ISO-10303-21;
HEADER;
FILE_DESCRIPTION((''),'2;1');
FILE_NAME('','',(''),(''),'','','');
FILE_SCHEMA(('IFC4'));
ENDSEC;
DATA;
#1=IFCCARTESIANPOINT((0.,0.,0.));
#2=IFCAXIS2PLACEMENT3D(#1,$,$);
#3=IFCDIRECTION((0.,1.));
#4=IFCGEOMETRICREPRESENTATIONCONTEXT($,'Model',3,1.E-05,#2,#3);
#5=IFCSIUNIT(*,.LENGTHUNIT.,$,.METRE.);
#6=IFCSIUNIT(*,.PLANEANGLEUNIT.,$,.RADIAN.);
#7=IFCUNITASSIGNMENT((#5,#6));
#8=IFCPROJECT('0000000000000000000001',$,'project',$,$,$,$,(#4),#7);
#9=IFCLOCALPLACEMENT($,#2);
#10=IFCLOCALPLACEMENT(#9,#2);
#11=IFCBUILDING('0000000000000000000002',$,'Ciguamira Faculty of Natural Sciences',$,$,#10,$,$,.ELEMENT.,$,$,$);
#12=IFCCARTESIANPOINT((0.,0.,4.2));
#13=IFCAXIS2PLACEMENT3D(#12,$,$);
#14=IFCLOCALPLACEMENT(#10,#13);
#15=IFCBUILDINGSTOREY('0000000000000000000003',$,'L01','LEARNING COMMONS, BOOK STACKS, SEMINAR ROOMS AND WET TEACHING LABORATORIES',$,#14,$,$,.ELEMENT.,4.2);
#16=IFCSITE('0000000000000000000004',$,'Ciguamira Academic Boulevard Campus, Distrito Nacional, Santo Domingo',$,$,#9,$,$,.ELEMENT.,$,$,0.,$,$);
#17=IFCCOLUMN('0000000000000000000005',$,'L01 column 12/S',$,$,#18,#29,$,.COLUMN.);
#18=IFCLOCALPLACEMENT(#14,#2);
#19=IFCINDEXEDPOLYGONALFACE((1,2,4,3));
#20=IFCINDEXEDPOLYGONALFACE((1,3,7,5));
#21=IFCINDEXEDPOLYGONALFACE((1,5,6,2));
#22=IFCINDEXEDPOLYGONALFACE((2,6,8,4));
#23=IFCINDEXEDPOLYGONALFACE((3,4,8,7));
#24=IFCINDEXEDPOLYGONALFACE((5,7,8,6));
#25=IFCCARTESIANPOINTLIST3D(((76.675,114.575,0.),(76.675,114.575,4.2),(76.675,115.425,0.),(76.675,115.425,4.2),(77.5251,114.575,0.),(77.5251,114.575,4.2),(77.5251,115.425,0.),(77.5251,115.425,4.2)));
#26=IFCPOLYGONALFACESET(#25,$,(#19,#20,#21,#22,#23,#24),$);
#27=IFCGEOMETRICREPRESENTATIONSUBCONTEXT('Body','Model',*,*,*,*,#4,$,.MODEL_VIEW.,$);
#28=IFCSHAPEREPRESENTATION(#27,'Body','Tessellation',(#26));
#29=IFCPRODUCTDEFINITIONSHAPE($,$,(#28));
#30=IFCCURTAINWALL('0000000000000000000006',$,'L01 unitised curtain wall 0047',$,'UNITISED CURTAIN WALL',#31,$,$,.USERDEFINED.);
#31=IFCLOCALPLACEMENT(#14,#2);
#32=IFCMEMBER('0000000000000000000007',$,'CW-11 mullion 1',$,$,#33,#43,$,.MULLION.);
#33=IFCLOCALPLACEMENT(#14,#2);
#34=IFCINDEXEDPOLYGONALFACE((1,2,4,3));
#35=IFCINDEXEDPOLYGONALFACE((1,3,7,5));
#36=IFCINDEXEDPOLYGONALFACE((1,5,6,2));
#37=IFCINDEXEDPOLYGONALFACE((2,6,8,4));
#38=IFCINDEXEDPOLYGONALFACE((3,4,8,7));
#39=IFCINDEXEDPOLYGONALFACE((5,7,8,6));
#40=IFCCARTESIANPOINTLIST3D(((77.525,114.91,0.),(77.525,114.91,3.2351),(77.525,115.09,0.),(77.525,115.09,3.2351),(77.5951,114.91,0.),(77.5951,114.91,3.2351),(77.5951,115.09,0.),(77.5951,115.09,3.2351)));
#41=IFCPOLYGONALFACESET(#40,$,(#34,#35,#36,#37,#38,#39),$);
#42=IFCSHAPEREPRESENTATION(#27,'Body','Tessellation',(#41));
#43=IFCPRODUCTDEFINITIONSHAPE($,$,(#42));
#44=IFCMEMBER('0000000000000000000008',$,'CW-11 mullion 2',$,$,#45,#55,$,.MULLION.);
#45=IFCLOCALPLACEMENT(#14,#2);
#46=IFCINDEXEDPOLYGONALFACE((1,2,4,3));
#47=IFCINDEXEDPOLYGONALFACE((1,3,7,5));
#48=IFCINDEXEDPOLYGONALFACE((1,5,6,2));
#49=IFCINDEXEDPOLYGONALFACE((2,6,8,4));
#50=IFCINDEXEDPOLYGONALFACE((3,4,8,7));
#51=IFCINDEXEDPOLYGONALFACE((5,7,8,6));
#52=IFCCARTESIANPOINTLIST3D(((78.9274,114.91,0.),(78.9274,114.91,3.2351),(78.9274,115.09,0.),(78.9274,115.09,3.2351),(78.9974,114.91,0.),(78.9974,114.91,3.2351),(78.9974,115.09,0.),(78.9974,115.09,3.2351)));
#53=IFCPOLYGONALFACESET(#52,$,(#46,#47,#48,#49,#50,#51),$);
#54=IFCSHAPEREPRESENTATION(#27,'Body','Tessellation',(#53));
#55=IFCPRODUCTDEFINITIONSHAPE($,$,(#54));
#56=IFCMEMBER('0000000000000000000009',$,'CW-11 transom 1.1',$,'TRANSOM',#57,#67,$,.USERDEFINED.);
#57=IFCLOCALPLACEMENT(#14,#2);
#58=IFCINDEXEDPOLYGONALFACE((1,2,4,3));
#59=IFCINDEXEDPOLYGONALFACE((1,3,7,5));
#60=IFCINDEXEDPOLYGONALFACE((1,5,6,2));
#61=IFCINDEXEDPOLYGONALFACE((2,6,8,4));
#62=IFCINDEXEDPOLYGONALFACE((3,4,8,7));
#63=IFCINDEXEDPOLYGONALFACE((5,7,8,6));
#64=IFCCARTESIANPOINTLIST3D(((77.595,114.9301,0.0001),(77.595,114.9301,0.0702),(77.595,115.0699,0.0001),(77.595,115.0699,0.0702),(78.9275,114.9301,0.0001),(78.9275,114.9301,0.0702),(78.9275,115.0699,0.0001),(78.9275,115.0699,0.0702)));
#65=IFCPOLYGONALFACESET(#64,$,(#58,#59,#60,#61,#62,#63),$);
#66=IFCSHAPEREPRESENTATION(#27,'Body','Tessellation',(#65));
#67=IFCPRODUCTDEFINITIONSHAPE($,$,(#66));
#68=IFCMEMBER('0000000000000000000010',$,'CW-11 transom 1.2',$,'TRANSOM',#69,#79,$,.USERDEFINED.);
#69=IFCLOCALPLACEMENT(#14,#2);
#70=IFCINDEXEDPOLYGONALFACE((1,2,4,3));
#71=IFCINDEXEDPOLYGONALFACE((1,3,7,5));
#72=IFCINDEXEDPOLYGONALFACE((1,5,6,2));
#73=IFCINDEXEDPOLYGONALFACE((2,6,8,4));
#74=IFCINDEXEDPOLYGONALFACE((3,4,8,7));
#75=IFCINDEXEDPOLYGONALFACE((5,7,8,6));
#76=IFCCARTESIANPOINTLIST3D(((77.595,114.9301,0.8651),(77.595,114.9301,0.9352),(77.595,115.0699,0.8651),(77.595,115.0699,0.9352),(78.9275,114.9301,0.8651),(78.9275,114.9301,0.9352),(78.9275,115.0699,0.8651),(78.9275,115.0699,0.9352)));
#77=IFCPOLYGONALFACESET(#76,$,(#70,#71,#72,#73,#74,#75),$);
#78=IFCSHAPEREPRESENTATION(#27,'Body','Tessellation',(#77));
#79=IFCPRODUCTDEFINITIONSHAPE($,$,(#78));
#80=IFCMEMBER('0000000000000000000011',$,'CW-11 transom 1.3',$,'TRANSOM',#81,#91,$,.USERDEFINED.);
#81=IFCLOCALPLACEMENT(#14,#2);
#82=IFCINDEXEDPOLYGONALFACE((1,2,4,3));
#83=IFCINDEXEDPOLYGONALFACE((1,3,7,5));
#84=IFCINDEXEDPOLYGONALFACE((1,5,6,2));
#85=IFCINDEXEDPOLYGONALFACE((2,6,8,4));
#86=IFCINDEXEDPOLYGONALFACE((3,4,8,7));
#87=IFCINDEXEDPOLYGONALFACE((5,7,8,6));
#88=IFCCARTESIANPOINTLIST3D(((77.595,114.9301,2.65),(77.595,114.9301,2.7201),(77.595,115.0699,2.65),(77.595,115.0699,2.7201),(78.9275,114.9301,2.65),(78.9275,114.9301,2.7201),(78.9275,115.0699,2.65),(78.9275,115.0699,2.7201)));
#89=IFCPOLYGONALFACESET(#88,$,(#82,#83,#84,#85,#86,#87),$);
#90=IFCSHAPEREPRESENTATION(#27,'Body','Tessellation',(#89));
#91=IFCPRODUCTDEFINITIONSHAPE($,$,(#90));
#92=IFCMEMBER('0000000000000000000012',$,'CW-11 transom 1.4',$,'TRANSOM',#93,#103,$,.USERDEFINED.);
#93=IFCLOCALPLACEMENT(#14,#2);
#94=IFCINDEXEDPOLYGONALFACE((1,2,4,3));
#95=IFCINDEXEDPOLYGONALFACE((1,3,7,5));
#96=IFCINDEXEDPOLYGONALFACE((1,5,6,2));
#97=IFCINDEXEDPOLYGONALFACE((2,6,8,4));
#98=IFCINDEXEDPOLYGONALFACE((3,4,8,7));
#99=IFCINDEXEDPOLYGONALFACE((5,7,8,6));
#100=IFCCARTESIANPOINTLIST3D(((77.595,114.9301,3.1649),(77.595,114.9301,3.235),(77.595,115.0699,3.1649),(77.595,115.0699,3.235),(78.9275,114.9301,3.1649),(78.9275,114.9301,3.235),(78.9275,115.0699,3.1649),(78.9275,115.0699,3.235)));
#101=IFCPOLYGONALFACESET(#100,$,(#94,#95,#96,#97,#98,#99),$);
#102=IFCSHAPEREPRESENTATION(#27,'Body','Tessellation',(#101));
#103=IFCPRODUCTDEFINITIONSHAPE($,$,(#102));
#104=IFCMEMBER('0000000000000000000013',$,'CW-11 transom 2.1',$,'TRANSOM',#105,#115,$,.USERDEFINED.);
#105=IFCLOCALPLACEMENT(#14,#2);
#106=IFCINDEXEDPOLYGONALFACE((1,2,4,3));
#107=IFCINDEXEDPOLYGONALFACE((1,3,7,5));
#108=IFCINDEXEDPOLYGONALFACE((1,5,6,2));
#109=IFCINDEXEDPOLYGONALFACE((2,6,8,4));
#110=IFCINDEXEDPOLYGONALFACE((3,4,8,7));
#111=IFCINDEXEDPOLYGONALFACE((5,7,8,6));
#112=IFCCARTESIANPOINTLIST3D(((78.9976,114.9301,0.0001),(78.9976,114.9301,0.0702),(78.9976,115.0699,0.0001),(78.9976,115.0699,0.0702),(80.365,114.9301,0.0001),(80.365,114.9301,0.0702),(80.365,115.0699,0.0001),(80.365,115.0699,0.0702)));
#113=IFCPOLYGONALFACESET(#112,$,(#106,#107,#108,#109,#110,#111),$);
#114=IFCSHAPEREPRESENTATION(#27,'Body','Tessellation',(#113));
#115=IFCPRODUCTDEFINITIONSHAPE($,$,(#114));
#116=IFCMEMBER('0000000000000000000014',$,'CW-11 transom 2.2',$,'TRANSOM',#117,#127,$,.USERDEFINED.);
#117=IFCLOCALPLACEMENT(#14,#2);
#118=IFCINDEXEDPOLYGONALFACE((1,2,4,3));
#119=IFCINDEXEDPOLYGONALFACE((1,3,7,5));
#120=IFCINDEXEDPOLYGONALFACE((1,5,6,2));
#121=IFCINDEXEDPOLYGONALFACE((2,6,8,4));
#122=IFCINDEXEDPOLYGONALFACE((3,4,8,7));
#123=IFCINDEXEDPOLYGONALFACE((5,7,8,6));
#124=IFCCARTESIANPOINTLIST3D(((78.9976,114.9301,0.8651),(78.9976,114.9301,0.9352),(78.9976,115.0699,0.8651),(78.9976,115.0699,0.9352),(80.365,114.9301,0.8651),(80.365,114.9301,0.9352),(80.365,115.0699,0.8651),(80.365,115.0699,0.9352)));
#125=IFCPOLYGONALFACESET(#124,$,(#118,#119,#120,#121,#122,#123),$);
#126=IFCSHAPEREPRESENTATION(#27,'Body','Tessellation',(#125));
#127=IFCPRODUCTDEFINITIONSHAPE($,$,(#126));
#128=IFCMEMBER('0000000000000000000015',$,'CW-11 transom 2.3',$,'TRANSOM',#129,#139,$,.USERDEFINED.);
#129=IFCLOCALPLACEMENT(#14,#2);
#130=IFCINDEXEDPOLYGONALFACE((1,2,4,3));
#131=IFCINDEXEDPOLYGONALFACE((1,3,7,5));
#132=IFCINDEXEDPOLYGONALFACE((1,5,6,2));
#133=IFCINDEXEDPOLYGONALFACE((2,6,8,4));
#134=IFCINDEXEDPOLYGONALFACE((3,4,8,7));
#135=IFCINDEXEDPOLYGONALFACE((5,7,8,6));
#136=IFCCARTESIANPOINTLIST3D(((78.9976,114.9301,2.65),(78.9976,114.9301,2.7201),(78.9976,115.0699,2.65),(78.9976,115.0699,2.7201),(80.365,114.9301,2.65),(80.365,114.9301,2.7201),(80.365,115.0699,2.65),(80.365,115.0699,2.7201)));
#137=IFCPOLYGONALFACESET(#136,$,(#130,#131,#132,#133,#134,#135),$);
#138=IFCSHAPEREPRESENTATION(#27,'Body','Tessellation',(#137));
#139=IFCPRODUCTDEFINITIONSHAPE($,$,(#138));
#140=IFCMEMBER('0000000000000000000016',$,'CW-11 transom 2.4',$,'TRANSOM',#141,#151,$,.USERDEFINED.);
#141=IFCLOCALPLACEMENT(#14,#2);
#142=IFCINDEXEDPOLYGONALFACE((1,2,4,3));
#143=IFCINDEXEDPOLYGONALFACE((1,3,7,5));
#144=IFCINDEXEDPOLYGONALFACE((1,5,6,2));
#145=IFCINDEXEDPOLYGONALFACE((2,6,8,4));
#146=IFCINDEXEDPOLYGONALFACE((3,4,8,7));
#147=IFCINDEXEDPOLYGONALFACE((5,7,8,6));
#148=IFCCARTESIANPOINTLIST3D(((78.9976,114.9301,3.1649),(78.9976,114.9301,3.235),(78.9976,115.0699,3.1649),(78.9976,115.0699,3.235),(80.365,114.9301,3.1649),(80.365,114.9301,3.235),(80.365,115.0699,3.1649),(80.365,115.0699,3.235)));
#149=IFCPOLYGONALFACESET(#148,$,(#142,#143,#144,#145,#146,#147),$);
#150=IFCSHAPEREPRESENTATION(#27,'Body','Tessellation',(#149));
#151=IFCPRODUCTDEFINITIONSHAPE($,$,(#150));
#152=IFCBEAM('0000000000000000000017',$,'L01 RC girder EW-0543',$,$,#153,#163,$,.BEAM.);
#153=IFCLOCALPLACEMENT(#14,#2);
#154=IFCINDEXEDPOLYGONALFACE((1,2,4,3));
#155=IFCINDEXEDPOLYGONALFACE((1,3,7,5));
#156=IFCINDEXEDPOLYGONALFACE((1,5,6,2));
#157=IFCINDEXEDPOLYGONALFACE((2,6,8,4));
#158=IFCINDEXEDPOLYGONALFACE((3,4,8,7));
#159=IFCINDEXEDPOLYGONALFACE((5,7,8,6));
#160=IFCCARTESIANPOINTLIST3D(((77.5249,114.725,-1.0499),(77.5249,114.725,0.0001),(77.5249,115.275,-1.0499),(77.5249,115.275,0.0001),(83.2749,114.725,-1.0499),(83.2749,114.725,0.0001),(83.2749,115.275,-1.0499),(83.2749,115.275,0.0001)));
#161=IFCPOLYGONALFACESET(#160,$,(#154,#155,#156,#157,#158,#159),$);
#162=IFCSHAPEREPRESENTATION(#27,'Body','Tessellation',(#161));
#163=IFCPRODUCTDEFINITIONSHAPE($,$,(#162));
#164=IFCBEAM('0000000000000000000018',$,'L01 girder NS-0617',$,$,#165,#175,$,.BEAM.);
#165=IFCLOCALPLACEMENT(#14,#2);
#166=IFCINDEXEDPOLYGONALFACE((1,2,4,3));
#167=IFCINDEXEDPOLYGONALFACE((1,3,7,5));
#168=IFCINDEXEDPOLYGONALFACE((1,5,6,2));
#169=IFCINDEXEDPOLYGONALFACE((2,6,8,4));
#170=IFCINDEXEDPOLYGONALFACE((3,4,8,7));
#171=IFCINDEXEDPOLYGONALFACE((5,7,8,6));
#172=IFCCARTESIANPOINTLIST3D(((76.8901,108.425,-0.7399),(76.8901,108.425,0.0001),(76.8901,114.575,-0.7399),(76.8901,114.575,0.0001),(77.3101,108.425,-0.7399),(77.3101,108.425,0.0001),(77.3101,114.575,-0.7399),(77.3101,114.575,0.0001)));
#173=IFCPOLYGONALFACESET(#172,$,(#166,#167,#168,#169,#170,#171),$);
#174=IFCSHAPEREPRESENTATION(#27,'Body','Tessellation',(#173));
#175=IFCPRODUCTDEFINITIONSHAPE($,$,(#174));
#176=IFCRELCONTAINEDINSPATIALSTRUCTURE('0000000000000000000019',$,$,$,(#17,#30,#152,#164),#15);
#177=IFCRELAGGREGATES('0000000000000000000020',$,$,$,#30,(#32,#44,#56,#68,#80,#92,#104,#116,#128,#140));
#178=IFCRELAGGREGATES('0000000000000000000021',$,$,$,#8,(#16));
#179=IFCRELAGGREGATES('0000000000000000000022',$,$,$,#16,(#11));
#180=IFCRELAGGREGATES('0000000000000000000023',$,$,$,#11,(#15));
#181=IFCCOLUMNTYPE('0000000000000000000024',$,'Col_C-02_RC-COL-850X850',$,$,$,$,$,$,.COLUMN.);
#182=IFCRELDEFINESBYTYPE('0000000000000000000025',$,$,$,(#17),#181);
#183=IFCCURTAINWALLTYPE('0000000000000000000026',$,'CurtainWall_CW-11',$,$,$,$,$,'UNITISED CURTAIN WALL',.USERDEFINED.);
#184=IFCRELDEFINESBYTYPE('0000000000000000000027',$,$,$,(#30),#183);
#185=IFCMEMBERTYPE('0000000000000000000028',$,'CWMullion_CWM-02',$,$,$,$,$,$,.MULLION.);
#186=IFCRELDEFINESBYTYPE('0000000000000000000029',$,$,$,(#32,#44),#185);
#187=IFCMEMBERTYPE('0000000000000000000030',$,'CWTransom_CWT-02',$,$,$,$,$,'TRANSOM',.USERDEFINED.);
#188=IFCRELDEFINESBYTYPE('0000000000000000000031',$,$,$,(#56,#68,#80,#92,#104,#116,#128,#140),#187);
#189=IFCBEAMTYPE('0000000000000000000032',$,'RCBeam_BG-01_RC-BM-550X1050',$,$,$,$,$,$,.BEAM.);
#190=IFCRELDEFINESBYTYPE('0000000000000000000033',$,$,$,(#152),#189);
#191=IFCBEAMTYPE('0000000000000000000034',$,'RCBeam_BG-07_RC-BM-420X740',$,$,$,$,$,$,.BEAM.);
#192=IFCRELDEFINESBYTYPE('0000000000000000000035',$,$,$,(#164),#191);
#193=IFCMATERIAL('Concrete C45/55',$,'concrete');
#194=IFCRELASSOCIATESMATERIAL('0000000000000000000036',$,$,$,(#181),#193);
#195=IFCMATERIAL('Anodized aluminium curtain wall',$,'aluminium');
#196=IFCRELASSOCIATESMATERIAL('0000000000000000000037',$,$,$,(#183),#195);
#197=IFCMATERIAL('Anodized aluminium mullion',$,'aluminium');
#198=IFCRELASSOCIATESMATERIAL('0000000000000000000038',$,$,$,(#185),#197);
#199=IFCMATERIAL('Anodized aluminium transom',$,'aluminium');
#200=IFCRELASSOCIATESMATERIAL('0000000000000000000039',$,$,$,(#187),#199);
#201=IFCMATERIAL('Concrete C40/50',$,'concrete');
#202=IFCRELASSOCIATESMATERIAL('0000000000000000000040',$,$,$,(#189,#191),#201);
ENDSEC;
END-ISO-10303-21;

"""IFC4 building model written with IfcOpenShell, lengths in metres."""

from ifc_helpers import new_model, si_unit, direction, frame, origin, origin_2d, place, context, subcontext, project, spatial, rectangle, extrude, material, material_profile, profile_set, type_object, element, aggregate, save


model = new_model("IFC4")

# Units and contexts
model_context = context("Model", 3, precision=1e-05, world=origin(), true_north=direction((0.0, 1.0)))
body_context = subcontext(model_context, "Body", "Model", "MODEL_VIEW")
ifc_project = project(units=[si_unit("LENGTHUNIT", "METRE"), si_unit("PLANEANGLEUNIT", "RADIAN")], contexts=[model_context])

# Site, building, storey
site_placement = place(None, origin())
site = spatial("IfcSite", under=ifc_project, at=site_placement, Name="Ciguamira Academic Boulevard Campus, Distrito Nacional, Santo Domingo", CompositionType="ELEMENT", RefElevation=0.0)
building_placement = place(site_placement, origin())
building = spatial("IfcBuilding", under=site, at=building_placement, Name="Ciguamira Faculty of Natural Sciences", CompositionType="ELEMENT")
storey_placement = place(building_placement, frame((0.0, 0.0, 4.2)))
storey = spatial("IfcBuildingStorey", under=building, at=storey_placement, Name="L01", Description="LEARNING COMMONS, BOOK STACKS, SEMINAR ROOMS AND WET TEACHING LABORATORIES", CompositionType="ELEMENT", Elevation=4.2)

# Column
ifc_material_1 = material(Name="Concrete C45/55", Category="concrete")
ifc_material_profile_1 = material_profile(ifc_material_1, rectangle(XDim=0.8501, YDim=0.8501, at=origin_2d()), Name="RC-COL-850X850")
ifc_profile_set_1 = profile_set([ifc_material_profile_1], Name="Concrete C45/55")
column_type = type_object("IfcColumnType", Name="Col_C-02_RC-COL-850X850", PredefinedType="COLUMN", material=ifc_profile_set_1)
column_placement = place(storey_placement, frame((77.1001, 115.0, 0.0), z_axis=(0.0, 0.0, 1.0), x_axis=(1.0, 0.0, 0.0)))
element("IfcColumn", 1, at=column_placement, inside=storey, type_object=column_type, Name="L01 column 12/S", PredefinedType="COLUMN", context=body_context, shape_type="SweptSolid", body=[
    extrude(rectangle(XDim=0.8501, YDim=0.8501, at=origin_2d()), origin(), (0.0, 0.0, 1.0), 4.2),
])

# Curtain wall, members
ifc_material_2 = material(Name="Anodized aluminium curtain wall", Category="aluminium")
curtain_wall_type = type_object("IfcCurtainWallType", Name="CurtainWall_CW-11", ElementType="UNITISED CURTAIN WALL", PredefinedType="USERDEFINED", material=ifc_material_2)
curtain_wall_placement = place(storey_placement, origin())
curtain_wall = element("IfcCurtainWall", 2, at=curtain_wall_placement, inside=storey, type_object=curtain_wall_type, Name="L01 unitised curtain wall 0047", ObjectType="UNITISED CURTAIN WALL", PredefinedType="USERDEFINED")
ifc_material_3 = material(Name="Anodized aluminium mullion", Category="aluminium")
ifc_material_profile_2 = material_profile(ifc_material_3, rectangle(XDim=0.0701, YDim=0.1799, at=origin_2d()), Name="ALU-MUL-70X180")
ifc_profile_set_2 = profile_set([ifc_material_profile_2], Name="Anodized aluminium mullion")
member_type_1 = type_object("IfcMemberType", Name="CWMullion_CWM-02", PredefinedType="MULLION", material=ifc_profile_set_2)
member_1_placement = place(storey_placement, frame((77.5601, 115.0, 0.0), z_axis=(0.0, 0.0, 1.0), x_axis=(1.0, 0.0, 0.0)))
member_1 = element("IfcMember", 3, at=member_1_placement, type_object=member_type_1, Name="CW-11 mullion 1", PredefinedType="MULLION", context=body_context, shape_type="SweptSolid", body=[
    extrude(rectangle(XDim=0.0701, YDim=0.1799, at=origin_2d()), origin(), (0.0, 0.0, 1.0), 3.2351),
])
member_2_placement = place(storey_placement, frame((78.9624, 115.0, 0.0), z_axis=(0.0, 0.0, 1.0), x_axis=(1.0, 0.0, 0.0)))
member_2 = element("IfcMember", 4, at=member_2_placement, type_object=member_type_1, Name="CW-11 mullion 2", PredefinedType="MULLION", context=body_context, shape_type="SweptSolid", body=[
    extrude(rectangle(XDim=0.0701, YDim=0.1799, at=origin_2d()), origin(), (0.0, 0.0, 1.0), 3.2351),
])
ifc_material_4 = material(Name="Anodized aluminium transom", Category="aluminium")
ifc_material_profile_3 = material_profile(ifc_material_4, rectangle(XDim=0.0701, YDim=0.1399, at=origin_2d()), Name="ALU-TRN-70X140")
ifc_profile_set_3 = profile_set([ifc_material_profile_3], Name="Anodized aluminium transom")
member_type_2 = type_object("IfcMemberType", Name="CWTransom_CWT-02", ElementType="TRANSOM", PredefinedType="USERDEFINED", material=ifc_profile_set_3)
member_3_placement = place(storey_placement, frame((77.595, 115.0, 0.0352), z_axis=(1.0, 0.0, 0.0), x_axis=(0.0, 0.0, 1.0)))
member_3 = element("IfcMember", 5, at=member_3_placement, type_object=member_type_2, Name="CW-11 transom 1.1", ObjectType="TRANSOM", PredefinedType="USERDEFINED", context=body_context, shape_type="SweptSolid", body=[
    extrude(rectangle(XDim=0.0701, YDim=0.1399, at=origin_2d()), origin(), (0.0, 0.0, 1.0), 1.3325),
])
member_4_placement = place(storey_placement, frame((77.595, 115.0, 0.9001), z_axis=(1.0, 0.0, 0.0), x_axis=(0.0, 0.0, 1.0)))
member_4 = element("IfcMember", 6, at=member_4_placement, type_object=member_type_2, Name="CW-11 transom 1.2", ObjectType="TRANSOM", PredefinedType="USERDEFINED", context=body_context, shape_type="SweptSolid", body=[
    extrude(rectangle(XDim=0.0701, YDim=0.1399, at=origin_2d()), origin(), (0.0, 0.0, 1.0), 1.3325),
])
member_5_placement = place(storey_placement, frame((77.595, 115.0, 2.6851), z_axis=(1.0, 0.0, 0.0), x_axis=(0.0, 0.0, 1.0)))
member_5 = element("IfcMember", 7, at=member_5_placement, type_object=member_type_2, Name="CW-11 transom 1.3", ObjectType="TRANSOM", PredefinedType="USERDEFINED", context=body_context, shape_type="SweptSolid", body=[
    extrude(rectangle(XDim=0.0701, YDim=0.1399, at=origin_2d()), origin(), (0.0, 0.0, 1.0), 1.3325),
])
member_6_placement = place(storey_placement, frame((77.595, 115.0, 3.2), z_axis=(1.0, 0.0, 0.0), x_axis=(0.0, 0.0, 1.0)))
member_6 = element("IfcMember", 8, at=member_6_placement, type_object=member_type_2, Name="CW-11 transom 1.4", ObjectType="TRANSOM", PredefinedType="USERDEFINED", context=body_context, shape_type="SweptSolid", body=[
    extrude(rectangle(XDim=0.0701, YDim=0.1399, at=origin_2d()), origin(), (0.0, 0.0, 1.0), 1.3325),
])
member_7_placement = place(storey_placement, frame((78.9976, 115.0, 0.0352), z_axis=(1.0, 0.0, 0.0), x_axis=(0.0, 0.0, 1.0)))
member_7 = element("IfcMember", 9, at=member_7_placement, type_object=member_type_2, Name="CW-11 transom 2.1", ObjectType="TRANSOM", PredefinedType="USERDEFINED", context=body_context, shape_type="SweptSolid", body=[
    extrude(rectangle(XDim=0.0701, YDim=0.1399, at=origin_2d()), origin(), (0.0, 0.0, 1.0), 1.3674),
])
member_8_placement = place(storey_placement, frame((78.9976, 115.0, 0.9001), z_axis=(1.0, 0.0, 0.0), x_axis=(0.0, 0.0, 1.0)))
member_8 = element("IfcMember", 10, at=member_8_placement, type_object=member_type_2, Name="CW-11 transom 2.2", ObjectType="TRANSOM", PredefinedType="USERDEFINED", context=body_context, shape_type="SweptSolid", body=[
    extrude(rectangle(XDim=0.0701, YDim=0.1399, at=origin_2d()), origin(), (0.0, 0.0, 1.0), 1.3674),
])
member_9_placement = place(storey_placement, frame((78.9976, 115.0, 2.6851), z_axis=(1.0, 0.0, 0.0), x_axis=(0.0, 0.0, 1.0)))
member_9 = element("IfcMember", 11, at=member_9_placement, type_object=member_type_2, Name="CW-11 transom 2.3", ObjectType="TRANSOM", PredefinedType="USERDEFINED", context=body_context, shape_type="SweptSolid", body=[
    extrude(rectangle(XDim=0.0701, YDim=0.1399, at=origin_2d()), origin(), (0.0, 0.0, 1.0), 1.3674),
])
member_10_placement = place(storey_placement, frame((78.9976, 115.0, 3.2), z_axis=(1.0, 0.0, 0.0), x_axis=(0.0, 0.0, 1.0)))
member_10 = element("IfcMember", 12, at=member_10_placement, type_object=member_type_2, Name="CW-11 transom 2.4", ObjectType="TRANSOM", PredefinedType="USERDEFINED", context=body_context, shape_type="SweptSolid", body=[
    extrude(rectangle(XDim=0.0701, YDim=0.1399, at=origin_2d()), origin(), (0.0, 0.0, 1.0), 1.3674),
])

# Beams
ifc_material_5 = material(Name="Concrete C40/50", Category="concrete")
ifc_material_profile_4 = material_profile(ifc_material_5, rectangle(XDim=0.55, YDim=1.05, at=origin_2d()), Name="RC-BM-550X1050")
ifc_profile_set_4 = profile_set([ifc_material_profile_4], Name="Concrete C40/50")
beam_type_1 = type_object("IfcBeamType", Name="RCBeam_BG-01_RC-BM-550X1050", PredefinedType="BEAM", material=ifc_profile_set_4)
beam_1_placement = place(storey_placement, frame((77.5249, 115.0, -0.5249), z_axis=(1.0, 0.0, 0.0), x_axis=(0.0, 1.0, 0.0)))
element("IfcBeam", 13, at=beam_1_placement, inside=storey, type_object=beam_type_1, Name="L01 RC girder EW-0543", PredefinedType="BEAM", context=body_context, shape_type="SweptSolid", body=[
    extrude(rectangle(XDim=0.55, YDim=1.05, at=origin_2d()), origin(), (0.0, 0.0, 1.0), 5.75),
])
ifc_material_profile_5 = material_profile(ifc_material_5, rectangle(XDim=0.4199, YDim=0.74, at=origin_2d()), Name="RC-BM-420X740")
ifc_profile_set_5 = profile_set([ifc_material_profile_5], Name="Concrete C40/50")
beam_type_2 = type_object("IfcBeamType", Name="RCBeam_BG-07_RC-BM-420X740", PredefinedType="BEAM", material=ifc_profile_set_5)
beam_2_placement = place(storey_placement, frame((77.1001, 108.425, -0.3699), z_axis=(0.0, 1.0, 0.0), x_axis=(-1.0, 0.0, 0.0)))
element("IfcBeam", 14, at=beam_2_placement, inside=storey, type_object=beam_type_2, Name="L01 girder NS-0617", PredefinedType="BEAM", context=body_context, shape_type="SweptSolid", body=[
    extrude(rectangle(XDim=0.4199, YDim=0.74, at=origin_2d()), origin(), (0.0, 0.0, 1.0), 6.1499),
])

aggregate(curtain_wall, [member_1, member_2, member_3, member_4, member_5, member_6, member_7, member_8, member_9, member_10])

save(model, "model.ifc")
